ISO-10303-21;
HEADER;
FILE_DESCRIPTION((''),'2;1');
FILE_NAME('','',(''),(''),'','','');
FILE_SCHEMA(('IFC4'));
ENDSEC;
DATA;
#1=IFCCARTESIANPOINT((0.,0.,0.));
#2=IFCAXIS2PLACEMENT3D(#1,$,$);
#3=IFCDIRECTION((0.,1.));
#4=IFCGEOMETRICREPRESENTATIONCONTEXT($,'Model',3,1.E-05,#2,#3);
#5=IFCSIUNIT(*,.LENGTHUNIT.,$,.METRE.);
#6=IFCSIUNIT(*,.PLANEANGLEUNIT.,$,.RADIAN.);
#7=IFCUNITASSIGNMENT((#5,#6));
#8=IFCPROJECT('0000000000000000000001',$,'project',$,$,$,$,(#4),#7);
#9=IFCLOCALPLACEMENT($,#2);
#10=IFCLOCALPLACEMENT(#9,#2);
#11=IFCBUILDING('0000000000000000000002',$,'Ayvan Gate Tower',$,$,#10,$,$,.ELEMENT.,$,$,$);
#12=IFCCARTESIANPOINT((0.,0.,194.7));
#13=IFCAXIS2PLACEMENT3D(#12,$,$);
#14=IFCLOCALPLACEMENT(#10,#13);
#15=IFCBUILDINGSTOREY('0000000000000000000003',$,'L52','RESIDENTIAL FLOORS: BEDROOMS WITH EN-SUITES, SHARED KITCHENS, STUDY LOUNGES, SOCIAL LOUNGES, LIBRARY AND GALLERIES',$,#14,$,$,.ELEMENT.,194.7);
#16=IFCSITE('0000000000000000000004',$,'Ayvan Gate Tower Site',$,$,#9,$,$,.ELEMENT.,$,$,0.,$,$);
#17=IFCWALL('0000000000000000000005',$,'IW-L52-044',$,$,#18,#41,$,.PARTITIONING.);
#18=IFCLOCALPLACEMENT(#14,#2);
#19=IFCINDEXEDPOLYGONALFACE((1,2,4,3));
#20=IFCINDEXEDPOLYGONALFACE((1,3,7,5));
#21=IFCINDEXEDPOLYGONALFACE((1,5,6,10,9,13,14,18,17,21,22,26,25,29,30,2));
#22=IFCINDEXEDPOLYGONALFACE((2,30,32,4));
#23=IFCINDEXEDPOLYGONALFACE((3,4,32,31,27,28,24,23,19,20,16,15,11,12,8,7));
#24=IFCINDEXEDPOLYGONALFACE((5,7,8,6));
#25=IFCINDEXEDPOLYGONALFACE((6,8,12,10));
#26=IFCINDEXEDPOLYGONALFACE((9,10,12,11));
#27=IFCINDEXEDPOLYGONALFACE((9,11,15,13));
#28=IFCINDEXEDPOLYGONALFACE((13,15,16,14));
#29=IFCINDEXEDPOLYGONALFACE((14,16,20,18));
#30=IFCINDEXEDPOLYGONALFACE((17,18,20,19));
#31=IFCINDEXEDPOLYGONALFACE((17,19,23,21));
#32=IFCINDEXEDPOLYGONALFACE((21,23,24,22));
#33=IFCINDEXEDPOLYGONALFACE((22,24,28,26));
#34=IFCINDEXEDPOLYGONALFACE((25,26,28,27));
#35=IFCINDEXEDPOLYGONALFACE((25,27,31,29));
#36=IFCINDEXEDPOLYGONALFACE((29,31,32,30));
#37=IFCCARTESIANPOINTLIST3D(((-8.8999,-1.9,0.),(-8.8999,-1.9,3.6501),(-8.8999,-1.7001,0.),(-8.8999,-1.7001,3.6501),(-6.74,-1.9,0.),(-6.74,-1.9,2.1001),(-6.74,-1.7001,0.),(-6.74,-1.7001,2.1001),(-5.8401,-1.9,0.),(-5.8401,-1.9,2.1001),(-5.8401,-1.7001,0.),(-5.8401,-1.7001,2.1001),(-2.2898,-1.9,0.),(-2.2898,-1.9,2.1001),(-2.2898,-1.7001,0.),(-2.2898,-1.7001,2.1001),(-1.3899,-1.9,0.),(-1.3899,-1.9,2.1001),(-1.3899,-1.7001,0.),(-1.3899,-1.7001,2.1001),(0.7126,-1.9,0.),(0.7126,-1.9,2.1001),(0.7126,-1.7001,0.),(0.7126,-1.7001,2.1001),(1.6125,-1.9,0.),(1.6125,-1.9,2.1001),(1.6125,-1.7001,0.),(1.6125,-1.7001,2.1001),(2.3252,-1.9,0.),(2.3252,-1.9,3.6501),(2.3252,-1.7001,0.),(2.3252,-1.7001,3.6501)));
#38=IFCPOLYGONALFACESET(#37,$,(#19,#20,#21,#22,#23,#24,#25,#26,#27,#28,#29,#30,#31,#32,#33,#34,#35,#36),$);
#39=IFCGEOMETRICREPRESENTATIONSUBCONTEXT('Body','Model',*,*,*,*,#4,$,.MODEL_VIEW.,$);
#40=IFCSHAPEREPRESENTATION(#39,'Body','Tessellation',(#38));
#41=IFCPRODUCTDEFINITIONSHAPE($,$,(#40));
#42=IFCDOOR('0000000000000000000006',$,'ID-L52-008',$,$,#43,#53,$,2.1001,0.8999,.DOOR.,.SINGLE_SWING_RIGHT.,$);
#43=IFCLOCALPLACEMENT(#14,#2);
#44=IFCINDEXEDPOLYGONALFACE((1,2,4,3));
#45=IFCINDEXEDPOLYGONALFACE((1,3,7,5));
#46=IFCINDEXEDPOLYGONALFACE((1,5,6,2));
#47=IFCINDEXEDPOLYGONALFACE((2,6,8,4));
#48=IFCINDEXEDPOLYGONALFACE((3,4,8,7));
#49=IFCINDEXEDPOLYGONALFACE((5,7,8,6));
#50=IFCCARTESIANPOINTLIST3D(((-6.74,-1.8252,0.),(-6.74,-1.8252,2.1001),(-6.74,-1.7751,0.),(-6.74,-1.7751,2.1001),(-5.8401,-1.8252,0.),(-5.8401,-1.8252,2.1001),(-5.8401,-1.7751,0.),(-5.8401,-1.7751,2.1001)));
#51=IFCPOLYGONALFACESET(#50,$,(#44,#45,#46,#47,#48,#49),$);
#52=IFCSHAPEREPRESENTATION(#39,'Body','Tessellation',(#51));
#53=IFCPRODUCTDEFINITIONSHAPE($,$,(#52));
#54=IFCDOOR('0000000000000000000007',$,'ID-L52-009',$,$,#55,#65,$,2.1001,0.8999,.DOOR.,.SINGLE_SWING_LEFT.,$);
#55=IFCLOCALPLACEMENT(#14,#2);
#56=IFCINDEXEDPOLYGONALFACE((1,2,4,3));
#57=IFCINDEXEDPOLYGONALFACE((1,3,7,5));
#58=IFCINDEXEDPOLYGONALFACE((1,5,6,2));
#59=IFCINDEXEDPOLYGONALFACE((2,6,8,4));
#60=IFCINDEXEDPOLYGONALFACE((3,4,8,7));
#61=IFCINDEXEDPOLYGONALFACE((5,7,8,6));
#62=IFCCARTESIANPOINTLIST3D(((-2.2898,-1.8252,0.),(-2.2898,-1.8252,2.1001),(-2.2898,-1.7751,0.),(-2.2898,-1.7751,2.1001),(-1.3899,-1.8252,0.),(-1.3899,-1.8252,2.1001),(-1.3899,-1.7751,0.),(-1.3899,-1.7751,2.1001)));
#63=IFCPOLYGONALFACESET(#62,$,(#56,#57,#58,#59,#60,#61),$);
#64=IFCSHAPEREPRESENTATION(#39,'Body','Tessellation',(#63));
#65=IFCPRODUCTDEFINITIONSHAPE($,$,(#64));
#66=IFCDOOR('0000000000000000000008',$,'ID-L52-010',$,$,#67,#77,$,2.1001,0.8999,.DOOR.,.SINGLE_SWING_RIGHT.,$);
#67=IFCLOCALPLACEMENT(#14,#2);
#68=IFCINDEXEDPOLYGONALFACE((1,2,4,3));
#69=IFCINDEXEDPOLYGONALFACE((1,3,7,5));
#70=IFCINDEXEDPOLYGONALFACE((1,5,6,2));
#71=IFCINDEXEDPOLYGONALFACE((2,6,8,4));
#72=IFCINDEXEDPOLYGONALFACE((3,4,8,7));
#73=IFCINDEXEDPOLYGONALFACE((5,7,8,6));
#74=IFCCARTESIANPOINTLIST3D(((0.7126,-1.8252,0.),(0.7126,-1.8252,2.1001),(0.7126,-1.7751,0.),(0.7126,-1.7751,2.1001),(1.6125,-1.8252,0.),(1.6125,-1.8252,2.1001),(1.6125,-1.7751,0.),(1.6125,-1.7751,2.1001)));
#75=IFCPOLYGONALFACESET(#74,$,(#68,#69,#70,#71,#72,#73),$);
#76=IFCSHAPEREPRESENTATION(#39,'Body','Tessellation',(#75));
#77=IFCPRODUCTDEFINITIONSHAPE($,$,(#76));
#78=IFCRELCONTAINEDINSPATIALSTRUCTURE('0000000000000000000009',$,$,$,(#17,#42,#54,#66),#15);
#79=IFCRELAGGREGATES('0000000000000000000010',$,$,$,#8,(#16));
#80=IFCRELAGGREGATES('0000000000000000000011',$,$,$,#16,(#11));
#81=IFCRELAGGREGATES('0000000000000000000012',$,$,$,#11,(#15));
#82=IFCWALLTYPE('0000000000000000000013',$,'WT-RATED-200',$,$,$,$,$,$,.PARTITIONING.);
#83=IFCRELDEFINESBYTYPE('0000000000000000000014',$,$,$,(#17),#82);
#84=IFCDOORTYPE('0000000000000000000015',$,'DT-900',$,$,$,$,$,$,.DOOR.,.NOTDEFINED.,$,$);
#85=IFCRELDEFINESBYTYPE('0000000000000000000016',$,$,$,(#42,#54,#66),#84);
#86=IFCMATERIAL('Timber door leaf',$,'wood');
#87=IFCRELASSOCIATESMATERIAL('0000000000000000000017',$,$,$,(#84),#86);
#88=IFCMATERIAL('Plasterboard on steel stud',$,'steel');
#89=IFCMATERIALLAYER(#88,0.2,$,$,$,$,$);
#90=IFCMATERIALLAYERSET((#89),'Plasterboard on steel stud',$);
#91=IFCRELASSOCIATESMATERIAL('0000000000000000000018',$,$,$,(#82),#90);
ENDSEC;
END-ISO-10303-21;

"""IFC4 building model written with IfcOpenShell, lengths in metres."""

from ifc_helpers import new_model, si_unit, direction, frame, frame_2d, origin, place, context, subcontext, project, spatial, rectangle, extrude, material, layer, layer_set, type_object, element, fill, save


model = new_model("IFC4")

# Units and contexts
model_context = context("Model", 3, precision=1e-05, world=origin(), true_north=direction((0.0, 1.0)))
body_context = subcontext(model_context, "Body", "Model", "MODEL_VIEW")
ifc_project = project(units=[si_unit("LENGTHUNIT", "METRE"), si_unit("PLANEANGLEUNIT", "RADIAN")], contexts=[model_context])

# Site, building, storey
site_placement = place(None, origin())
site = spatial("IfcSite", under=ifc_project, at=site_placement, Name="Ayvan Gate Tower Site", CompositionType="ELEMENT", RefElevation=0.0)
building_placement = place(site_placement, origin())
building = spatial("IfcBuilding", under=site, at=building_placement, Name="Ayvan Gate Tower", CompositionType="ELEMENT")
storey_placement = place(building_placement, frame((0.0, 0.0, 194.7)))
storey = spatial("IfcBuildingStorey", under=building, at=storey_placement, Name="L52", Description="RESIDENTIAL FLOORS: BEDROOMS WITH EN-SUITES, SHARED KITCHENS, STUDY LOUNGES, SOCIAL LOUNGES, LIBRARY AND GALLERIES", CompositionType="ELEMENT", Elevation=194.7)

# Shared definitions
ifc_material_1 = material(Name="Timber door leaf", Category="wood")
door_type_1 = type_object("IfcDoorType", Name="DT-900", OperationType="NOTDEFINED", PredefinedType="DOOR", material=ifc_material_1)

# Shared definitions
ifc_material_2 = material(Name="Plasterboard on steel stud", Category="steel")

# Wall, openings, doors
ifc_layer_1 = layer(ifc_material_2, 0.2)
ifc_layer_set_1 = layer_set([ifc_layer_1], Name="Plasterboard on steel stud")
wall_type_1 = type_object("IfcWallType", Name="WT-RATED-200", PredefinedType="PARTITIONING", material=ifc_layer_set_1)
wall_1_placement = place(storey_placement, frame((-8.8999, -1.8, 0.0), z_axis=(0.0, 0.0, 1.0), x_axis=(1.0, 0.0, 0.0)))
wall_1 = element("IfcWall", 1, at=wall_1_placement, inside=storey, type_object=wall_type_1, Name="IW-L52-044", PredefinedType="PARTITIONING", context=body_context, shape_type="SweptSolid", body=[
    extrude(rectangle(XDim=11.2251, YDim=0.2, at=frame_2d((5.6125, 0.0))), origin(), (0.0, 0.0, 1.0), 3.6501),
])
opening_1_placement = place(wall_1_placement, frame((2.1599, 0.0, 0.0)))
opening_1 = element("IfcOpeningElement", 2, at=opening_1_placement, cuts=wall_1, PredefinedType="OPENING", context=body_context, shape_type="SweptSolid", body=[
    extrude(rectangle(XDim=0.8999, YDim=2.1001, at=frame_2d((0.45, 1.05))), frame((0.0, 0.1099, 0.0), z_axis=(0.0, -1.0, 0.0), x_axis=(1.0, 0.0, 0.0)), (0.0, 0.0, 1.0), 0.22),
])
opening_2_placement = place(wall_1_placement, frame((6.6101, 0.0, 0.0)))
opening_2 = element("IfcOpeningElement", 3, at=opening_2_placement, cuts=wall_1, PredefinedType="OPENING", context=body_context, shape_type="SweptSolid", body=[
    extrude(rectangle(XDim=0.8999, YDim=2.1001, at=frame_2d((0.45, 1.05))), frame((0.0, 0.1099, 0.0), z_axis=(0.0, -1.0, 0.0), x_axis=(1.0, 0.0, 0.0)), (0.0, 0.0, 1.0), 0.22),
])
opening_3_placement = place(wall_1_placement, frame((9.6125, 0.0, 0.0)))
opening_3 = element("IfcOpeningElement", 4, at=opening_3_placement, cuts=wall_1, PredefinedType="OPENING", context=body_context, shape_type="SweptSolid", body=[
    extrude(rectangle(XDim=0.8999, YDim=2.1001, at=frame_2d((0.45, 1.05))), frame((0.0, 0.1099, 0.0), z_axis=(0.0, -1.0, 0.0), x_axis=(1.0, 0.0, 0.0)), (0.0, 0.0, 1.0), 0.22),
])
door_1_placement = place(opening_1_placement, origin())
door_1 = element("IfcDoor", 5, at=door_1_placement, inside=storey, type_object=door_type_1, Name="ID-L52-008", OperationType="SINGLE_SWING_RIGHT", OverallHeight=2.1001, OverallWidth=0.8999, PredefinedType="DOOR", context=body_context, shape_type="SweptSolid", body=[
    extrude(rectangle(XDim=0.8999, YDim=2.1001, at=frame_2d((0.45, 1.05))), frame((0.0, 0.0249, 0.0), z_axis=(0.0, -1.0, 0.0), x_axis=(1.0, 0.0, 0.0)), (0.0, 0.0, 1.0), 0.05),
])
fill(opening_1, door_1)
door_2_placement = place(opening_2_placement, origin())
door_2 = element("IfcDoor", 6, at=door_2_placement, inside=storey, type_object=door_type_1, Name="ID-L52-009", OperationType="SINGLE_SWING_LEFT", OverallHeight=2.1001, OverallWidth=0.8999, PredefinedType="DOOR", context=body_context, shape_type="SweptSolid", body=[
    extrude(rectangle(XDim=0.8999, YDim=2.1001, at=frame_2d((0.45, 1.05))), frame((0.0, 0.0249, 0.0), z_axis=(0.0, -1.0, 0.0), x_axis=(1.0, 0.0, 0.0)), (0.0, 0.0, 1.0), 0.05),
])
fill(opening_2, door_2)
door_3_placement = place(opening_3_placement, origin())
door_3 = element("IfcDoor", 7, at=door_3_placement, inside=storey, type_object=door_type_1, Name="ID-L52-010", OperationType="SINGLE_SWING_RIGHT", OverallHeight=2.1001, OverallWidth=0.8999, PredefinedType="DOOR", context=body_context, shape_type="SweptSolid", body=[
    extrude(rectangle(XDim=0.8999, YDim=2.1001, at=frame_2d((0.45, 1.05))), frame((0.0, 0.0249, 0.0), z_axis=(0.0, -1.0, 0.0), x_axis=(1.0, 0.0, 0.0)), (0.0, 0.0, 1.0), 0.05),
])
fill(opening_3, door_3)

save(model, "model.ifc")
